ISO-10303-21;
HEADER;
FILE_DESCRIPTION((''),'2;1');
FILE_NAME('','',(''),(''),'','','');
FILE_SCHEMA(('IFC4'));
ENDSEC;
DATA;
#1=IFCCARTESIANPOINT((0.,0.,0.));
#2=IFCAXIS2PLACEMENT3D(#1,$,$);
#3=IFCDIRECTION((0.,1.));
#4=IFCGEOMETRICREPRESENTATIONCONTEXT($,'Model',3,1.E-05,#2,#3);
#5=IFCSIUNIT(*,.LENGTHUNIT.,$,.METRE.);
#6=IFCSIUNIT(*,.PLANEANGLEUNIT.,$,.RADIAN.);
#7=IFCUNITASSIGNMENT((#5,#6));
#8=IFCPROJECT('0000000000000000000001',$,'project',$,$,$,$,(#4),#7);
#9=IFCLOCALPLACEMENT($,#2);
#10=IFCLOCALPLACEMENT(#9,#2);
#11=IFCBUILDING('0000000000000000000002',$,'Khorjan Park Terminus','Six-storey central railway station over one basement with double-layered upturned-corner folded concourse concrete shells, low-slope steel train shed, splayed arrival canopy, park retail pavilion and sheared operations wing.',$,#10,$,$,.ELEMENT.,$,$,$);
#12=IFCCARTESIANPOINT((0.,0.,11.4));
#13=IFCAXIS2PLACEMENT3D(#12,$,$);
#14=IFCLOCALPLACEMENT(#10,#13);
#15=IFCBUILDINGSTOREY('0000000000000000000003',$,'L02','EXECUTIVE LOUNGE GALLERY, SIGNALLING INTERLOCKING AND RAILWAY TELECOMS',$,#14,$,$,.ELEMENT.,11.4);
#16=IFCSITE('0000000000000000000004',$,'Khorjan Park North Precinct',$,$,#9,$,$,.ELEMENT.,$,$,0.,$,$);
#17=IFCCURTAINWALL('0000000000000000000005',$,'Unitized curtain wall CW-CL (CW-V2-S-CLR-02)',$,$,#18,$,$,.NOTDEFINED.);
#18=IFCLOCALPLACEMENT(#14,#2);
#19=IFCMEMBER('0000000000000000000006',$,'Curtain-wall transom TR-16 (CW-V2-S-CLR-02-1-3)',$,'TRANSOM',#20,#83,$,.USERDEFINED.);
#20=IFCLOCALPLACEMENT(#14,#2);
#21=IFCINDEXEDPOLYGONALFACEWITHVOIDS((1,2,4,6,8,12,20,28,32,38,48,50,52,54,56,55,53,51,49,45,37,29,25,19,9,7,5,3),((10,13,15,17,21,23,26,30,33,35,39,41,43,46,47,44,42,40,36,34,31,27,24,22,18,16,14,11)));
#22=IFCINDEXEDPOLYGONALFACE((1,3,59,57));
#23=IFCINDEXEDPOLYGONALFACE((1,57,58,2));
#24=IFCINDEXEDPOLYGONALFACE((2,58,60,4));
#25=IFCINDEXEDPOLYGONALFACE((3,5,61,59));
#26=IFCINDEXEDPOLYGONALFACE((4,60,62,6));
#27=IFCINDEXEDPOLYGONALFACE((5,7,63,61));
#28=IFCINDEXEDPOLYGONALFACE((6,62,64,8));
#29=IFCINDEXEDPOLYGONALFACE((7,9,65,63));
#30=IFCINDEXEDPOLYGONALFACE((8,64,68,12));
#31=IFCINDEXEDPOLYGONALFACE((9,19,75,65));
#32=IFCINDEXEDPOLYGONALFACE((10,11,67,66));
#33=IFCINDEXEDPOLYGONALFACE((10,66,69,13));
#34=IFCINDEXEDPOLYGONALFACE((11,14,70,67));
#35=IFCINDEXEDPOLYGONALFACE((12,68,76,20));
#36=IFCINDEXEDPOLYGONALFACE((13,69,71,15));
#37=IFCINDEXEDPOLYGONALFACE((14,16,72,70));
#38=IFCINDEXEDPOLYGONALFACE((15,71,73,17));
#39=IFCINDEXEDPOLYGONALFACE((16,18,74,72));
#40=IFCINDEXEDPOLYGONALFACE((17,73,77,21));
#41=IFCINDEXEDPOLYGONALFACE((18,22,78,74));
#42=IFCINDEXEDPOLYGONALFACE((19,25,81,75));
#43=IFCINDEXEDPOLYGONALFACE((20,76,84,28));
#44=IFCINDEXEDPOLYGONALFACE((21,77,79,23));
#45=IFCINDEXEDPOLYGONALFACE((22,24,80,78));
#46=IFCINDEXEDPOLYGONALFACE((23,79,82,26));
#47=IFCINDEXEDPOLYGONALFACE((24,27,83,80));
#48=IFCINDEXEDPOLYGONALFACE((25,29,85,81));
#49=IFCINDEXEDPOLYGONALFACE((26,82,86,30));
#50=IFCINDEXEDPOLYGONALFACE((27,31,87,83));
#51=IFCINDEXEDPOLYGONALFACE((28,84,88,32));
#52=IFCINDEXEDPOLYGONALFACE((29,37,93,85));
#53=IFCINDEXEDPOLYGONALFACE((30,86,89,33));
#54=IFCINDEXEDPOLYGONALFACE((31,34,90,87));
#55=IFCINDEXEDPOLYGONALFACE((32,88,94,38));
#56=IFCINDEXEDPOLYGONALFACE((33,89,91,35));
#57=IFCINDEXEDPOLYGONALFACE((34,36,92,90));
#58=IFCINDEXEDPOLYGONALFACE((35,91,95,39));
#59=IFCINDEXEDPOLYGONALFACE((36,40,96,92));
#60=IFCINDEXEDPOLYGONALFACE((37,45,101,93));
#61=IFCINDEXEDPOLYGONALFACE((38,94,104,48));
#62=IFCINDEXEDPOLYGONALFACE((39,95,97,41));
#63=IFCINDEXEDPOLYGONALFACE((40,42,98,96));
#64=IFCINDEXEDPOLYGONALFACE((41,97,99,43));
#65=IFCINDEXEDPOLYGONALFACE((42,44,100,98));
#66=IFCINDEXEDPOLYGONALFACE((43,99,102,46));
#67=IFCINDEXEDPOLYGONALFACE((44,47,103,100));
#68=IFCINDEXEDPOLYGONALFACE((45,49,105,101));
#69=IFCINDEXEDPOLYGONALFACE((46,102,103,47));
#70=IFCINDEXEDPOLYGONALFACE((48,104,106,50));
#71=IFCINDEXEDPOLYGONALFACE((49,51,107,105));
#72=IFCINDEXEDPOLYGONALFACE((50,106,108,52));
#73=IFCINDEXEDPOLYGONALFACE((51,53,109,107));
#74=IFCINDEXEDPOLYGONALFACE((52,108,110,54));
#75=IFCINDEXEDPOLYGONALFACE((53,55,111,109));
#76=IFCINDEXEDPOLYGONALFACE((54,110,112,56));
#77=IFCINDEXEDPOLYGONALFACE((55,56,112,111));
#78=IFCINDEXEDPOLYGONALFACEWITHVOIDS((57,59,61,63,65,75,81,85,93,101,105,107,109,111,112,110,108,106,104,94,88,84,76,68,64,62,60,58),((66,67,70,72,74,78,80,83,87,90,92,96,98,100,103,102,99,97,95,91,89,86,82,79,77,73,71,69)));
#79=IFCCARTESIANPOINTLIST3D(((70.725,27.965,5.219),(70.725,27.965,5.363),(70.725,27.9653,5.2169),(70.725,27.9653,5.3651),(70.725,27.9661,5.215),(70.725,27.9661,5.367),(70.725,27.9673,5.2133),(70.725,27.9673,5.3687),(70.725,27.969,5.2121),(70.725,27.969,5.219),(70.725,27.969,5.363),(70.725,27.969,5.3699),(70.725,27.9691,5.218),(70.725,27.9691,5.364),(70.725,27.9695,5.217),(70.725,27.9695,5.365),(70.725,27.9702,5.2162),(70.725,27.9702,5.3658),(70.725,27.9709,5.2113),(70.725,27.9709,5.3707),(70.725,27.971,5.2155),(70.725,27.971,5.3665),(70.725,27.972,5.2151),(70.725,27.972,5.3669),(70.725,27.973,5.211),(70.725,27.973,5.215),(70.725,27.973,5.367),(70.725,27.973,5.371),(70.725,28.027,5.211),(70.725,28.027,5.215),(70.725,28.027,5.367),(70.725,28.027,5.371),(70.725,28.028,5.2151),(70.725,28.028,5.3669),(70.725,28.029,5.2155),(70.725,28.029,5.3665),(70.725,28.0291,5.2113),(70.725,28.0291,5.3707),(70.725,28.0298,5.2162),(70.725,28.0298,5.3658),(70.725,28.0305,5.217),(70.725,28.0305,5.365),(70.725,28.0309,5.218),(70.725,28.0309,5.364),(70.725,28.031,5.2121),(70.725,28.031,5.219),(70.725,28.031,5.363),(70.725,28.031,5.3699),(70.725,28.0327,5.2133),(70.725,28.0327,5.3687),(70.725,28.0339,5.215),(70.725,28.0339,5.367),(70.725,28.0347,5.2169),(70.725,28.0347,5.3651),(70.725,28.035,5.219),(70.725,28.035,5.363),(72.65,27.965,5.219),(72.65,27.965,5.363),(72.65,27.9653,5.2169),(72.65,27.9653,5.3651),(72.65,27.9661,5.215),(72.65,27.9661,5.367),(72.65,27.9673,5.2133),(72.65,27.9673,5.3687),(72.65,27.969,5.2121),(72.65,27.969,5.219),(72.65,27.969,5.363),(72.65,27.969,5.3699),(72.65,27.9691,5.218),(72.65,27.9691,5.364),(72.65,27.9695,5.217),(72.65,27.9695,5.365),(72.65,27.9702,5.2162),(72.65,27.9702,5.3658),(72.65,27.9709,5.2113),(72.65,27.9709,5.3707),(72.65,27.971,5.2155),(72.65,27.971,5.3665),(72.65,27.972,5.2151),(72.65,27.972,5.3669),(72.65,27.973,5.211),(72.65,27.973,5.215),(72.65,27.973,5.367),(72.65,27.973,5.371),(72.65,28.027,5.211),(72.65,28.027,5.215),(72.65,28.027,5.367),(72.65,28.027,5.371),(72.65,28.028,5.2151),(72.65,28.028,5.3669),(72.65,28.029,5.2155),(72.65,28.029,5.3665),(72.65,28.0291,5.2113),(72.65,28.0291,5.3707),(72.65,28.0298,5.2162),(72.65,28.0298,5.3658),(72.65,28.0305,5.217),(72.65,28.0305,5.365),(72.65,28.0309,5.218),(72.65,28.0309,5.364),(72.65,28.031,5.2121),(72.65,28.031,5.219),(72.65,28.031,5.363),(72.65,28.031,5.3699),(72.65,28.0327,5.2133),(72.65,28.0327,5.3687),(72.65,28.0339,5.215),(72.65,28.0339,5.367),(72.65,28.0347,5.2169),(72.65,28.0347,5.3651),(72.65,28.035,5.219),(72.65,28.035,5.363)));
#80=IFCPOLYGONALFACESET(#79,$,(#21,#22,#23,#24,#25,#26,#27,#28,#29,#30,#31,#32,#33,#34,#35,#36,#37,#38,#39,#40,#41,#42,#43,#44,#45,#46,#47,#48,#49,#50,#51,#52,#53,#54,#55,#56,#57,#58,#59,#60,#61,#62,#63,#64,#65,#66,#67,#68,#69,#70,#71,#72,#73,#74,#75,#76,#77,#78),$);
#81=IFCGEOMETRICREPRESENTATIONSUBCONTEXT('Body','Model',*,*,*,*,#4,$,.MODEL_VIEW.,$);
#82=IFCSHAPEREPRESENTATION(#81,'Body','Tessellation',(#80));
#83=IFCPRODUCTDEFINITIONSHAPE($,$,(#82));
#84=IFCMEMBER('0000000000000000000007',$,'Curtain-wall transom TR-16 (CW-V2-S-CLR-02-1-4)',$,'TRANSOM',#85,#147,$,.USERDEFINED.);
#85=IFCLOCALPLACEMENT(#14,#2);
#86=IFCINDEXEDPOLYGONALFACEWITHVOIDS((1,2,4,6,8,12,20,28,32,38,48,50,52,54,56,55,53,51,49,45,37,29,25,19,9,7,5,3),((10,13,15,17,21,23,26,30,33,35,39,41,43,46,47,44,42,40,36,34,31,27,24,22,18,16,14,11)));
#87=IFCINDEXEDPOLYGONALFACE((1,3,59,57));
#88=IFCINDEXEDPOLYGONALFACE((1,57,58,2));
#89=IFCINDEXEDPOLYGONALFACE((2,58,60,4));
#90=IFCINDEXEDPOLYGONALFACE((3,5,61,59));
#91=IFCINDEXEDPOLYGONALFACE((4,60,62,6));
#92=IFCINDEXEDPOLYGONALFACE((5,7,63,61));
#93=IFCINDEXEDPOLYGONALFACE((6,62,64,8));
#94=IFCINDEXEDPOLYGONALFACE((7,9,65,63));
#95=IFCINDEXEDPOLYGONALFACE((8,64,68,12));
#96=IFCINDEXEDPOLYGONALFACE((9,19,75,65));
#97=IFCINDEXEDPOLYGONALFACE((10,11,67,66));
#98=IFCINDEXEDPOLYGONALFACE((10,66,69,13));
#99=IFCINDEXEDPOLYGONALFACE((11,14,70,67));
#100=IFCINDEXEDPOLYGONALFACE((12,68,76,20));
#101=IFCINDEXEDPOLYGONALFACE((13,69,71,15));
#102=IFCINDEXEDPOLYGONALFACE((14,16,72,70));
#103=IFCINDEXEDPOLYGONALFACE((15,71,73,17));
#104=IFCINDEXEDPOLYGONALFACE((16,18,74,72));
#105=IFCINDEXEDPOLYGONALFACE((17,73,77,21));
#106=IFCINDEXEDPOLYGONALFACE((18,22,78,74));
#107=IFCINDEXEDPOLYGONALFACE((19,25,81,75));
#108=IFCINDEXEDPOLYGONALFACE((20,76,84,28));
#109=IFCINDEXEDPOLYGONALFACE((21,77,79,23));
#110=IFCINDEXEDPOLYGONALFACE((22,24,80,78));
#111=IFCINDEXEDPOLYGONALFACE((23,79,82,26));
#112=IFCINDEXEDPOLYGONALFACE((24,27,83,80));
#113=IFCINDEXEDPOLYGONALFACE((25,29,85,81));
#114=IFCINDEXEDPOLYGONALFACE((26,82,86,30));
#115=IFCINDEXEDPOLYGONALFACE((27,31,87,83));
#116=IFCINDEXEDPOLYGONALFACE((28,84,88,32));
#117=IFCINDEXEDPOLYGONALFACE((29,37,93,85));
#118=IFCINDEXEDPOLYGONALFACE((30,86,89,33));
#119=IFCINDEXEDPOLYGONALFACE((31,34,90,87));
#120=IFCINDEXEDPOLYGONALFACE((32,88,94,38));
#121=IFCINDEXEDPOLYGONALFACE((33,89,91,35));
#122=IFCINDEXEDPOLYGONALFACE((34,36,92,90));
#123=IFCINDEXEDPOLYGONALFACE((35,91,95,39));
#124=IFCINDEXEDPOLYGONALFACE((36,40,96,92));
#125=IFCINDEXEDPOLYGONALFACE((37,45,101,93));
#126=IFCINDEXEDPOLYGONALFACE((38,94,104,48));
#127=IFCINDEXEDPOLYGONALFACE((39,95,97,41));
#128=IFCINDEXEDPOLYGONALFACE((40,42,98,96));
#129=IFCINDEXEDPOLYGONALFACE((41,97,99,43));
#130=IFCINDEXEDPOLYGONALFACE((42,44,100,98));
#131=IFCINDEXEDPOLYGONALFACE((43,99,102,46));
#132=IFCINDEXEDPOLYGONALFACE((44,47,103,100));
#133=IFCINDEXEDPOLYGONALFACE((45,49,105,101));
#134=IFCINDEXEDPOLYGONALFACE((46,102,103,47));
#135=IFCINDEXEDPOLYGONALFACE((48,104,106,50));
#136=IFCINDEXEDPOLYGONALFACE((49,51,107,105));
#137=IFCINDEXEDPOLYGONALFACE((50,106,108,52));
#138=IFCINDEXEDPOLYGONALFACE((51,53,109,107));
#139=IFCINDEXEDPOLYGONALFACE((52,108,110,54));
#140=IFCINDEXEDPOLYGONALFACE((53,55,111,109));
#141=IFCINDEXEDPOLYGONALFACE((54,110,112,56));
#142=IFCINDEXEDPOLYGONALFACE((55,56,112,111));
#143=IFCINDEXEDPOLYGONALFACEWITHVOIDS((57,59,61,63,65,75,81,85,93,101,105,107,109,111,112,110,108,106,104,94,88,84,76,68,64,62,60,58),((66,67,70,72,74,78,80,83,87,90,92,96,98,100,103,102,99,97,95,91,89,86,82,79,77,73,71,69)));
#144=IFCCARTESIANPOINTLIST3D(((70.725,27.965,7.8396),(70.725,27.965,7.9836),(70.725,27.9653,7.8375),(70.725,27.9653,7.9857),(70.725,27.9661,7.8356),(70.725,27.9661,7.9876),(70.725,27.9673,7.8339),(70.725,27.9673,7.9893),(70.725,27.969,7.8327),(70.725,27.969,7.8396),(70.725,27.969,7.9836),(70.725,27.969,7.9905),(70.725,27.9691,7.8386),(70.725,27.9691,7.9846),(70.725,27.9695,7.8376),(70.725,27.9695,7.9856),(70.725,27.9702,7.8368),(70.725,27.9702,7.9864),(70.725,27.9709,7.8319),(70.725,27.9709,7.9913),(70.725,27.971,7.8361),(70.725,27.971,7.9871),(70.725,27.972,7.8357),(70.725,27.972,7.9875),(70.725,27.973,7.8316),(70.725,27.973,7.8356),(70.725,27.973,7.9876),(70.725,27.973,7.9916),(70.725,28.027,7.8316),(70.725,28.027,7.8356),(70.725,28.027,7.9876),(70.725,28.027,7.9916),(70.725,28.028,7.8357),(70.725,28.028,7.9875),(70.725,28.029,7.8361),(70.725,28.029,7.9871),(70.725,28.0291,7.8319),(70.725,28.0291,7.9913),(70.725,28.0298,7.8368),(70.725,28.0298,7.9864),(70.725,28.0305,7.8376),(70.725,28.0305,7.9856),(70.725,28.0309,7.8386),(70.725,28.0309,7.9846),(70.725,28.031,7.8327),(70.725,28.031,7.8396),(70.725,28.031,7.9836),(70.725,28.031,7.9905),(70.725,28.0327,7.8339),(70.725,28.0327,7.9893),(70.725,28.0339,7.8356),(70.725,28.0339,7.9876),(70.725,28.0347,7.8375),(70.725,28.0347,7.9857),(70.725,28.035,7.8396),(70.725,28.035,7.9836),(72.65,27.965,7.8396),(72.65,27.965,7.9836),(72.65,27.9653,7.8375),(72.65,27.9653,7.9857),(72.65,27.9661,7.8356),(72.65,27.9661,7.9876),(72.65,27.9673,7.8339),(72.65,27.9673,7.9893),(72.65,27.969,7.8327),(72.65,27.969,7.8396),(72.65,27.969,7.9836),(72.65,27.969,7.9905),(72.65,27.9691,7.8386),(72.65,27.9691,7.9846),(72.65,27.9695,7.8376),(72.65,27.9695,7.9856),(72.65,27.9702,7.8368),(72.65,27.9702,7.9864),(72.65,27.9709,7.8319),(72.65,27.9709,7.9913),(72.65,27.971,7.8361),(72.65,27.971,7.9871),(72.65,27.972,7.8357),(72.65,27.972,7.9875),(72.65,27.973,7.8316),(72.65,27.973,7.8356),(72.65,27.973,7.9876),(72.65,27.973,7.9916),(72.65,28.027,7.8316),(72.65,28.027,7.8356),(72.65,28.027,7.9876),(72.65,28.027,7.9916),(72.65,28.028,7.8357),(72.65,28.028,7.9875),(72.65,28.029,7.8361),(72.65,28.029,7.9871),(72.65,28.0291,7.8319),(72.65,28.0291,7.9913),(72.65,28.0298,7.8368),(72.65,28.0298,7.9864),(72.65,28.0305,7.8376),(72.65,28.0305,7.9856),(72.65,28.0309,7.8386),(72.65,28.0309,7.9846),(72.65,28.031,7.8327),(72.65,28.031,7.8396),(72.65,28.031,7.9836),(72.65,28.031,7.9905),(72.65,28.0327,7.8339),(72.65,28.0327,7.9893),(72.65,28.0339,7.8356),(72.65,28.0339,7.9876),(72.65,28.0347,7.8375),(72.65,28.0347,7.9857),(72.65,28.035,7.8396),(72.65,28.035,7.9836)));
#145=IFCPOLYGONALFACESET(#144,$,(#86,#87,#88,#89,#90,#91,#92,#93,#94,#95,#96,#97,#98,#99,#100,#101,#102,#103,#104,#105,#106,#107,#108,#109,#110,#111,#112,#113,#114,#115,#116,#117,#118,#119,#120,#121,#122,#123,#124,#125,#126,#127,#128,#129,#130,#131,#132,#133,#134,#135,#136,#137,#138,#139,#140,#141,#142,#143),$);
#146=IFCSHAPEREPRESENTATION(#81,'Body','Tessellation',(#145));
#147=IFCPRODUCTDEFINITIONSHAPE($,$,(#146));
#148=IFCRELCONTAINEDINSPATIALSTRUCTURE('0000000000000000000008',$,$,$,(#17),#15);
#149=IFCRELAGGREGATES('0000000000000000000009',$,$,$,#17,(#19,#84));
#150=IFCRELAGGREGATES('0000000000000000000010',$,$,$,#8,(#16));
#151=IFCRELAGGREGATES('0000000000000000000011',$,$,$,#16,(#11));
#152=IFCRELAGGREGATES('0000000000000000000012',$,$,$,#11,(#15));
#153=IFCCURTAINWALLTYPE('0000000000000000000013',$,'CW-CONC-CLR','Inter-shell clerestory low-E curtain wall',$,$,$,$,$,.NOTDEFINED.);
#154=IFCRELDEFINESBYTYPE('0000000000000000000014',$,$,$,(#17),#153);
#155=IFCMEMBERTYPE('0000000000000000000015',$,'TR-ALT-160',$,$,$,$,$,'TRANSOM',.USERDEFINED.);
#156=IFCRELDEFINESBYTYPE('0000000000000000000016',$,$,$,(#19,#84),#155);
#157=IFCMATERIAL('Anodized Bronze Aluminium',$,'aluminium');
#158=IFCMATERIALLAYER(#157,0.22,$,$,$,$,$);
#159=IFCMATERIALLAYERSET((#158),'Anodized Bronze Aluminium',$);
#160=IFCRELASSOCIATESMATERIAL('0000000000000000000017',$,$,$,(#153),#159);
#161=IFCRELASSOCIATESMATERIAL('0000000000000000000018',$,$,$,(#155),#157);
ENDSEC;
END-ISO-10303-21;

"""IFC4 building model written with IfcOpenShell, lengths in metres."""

from ifc_helpers import new_model, si_unit, direction, frame, origin, origin_2d, place, context, subcontext, project, spatial, hollow_rectangle, extrude, material, layer, layer_set, material_profile, profile_set, type_object, element, aggregate, save


model = new_model("IFC4")

# Units and contexts
model_context = context("Model", 3, precision=1e-05, world=origin(), true_north=direction((0.0, 1.0)))
body_context = subcontext(model_context, "Body", "Model", "MODEL_VIEW")
ifc_project = project(units=[si_unit("LENGTHUNIT", "METRE"), si_unit("PLANEANGLEUNIT", "RADIAN")], contexts=[model_context])

# Site, building, storey
site_placement = place(None, origin())
site = spatial("IfcSite", under=ifc_project, at=site_placement, Name="Khorjan Park North Precinct", CompositionType="ELEMENT", RefElevation=0.0)
building_placement = place(site_placement, origin())
building = spatial("IfcBuilding", under=site, at=building_placement, Name="Khorjan Park Terminus", Description="Six-storey central railway station over one basement with double-layered upturned-corner folded concourse concrete shells, low-slope steel train shed, splayed arrival canopy, park retail pavilion and sheared operations wing.", CompositionType="ELEMENT")
storey_placement = place(building_placement, frame((0.0, 0.0, 11.4)))
storey = spatial("IfcBuildingStorey", under=building, at=storey_placement, Name="L02", Description="EXECUTIVE LOUNGE GALLERY, SIGNALLING INTERLOCKING AND RAILWAY TELECOMS", CompositionType="ELEMENT", Elevation=11.4)

# Curtain wall
ifc_material_1 = material(Name="Anodized Bronze Aluminium", Category="aluminium")
ifc_layer_1 = layer(ifc_material_1, 0.22)
ifc_layer_set_1 = layer_set([ifc_layer_1], Name="Anodized Bronze Aluminium")
curtain_wall_type = type_object("IfcCurtainWallType", Name="CW-CONC-CLR", Description="Inter-shell clerestory low-E curtain wall", PredefinedType="NOTDEFINED", material=ifc_layer_set_1)
curtain_wall_placement = place(storey_placement, origin())
curtain_wall = element("IfcCurtainWall", 1, at=curtain_wall_placement, inside=storey, type_object=curtain_wall_type, Name="Unitized curtain wall CW-CL (CW-V2-S-CLR-02)", PredefinedType="NOTDEFINED")

# Members
ifc_material_profile_1 = material_profile(ifc_material_1, hollow_rectangle(XDim=0.07, YDim=0.16, WallThickness=0.004, InnerFilletRadius=0.004, OuterFilletRadius=0.008, at=origin_2d()), Name="ALT 70x160x4")
ifc_profile_set_1 = profile_set([ifc_material_profile_1], Name="Anodized Bronze Aluminium")
member_type_1 = type_object("IfcMemberType", Name="TR-ALT-160", ElementType="TRANSOM", PredefinedType="USERDEFINED", material=ifc_profile_set_1)
member_1_placement = place(storey_placement, frame((70.725, 28.0, 5.291), z_axis=(1.0, 0.0, 0.0), x_axis=(0.0, 1.0, 0.0)))
member_1 = element("IfcMember", 2, at=member_1_placement, type_object=member_type_1, Name="Curtain-wall transom TR-16 (CW-V2-S-CLR-02-1-3)", ObjectType="TRANSOM", PredefinedType="USERDEFINED", context=body_context, shape_type="SweptSolid", body=[
    extrude(hollow_rectangle(XDim=0.07, YDim=0.16, WallThickness=0.004, InnerFilletRadius=0.004, OuterFilletRadius=0.008, at=origin_2d()), origin(), (0.0, 0.0, 1.0), 1.925),
])
member_2_placement = place(storey_placement, frame((70.725, 28.0, 7.9116), z_axis=(1.0, 0.0, 0.0), x_axis=(0.0, 1.0, 0.0)))
member_2 = element("IfcMember", 3, at=member_2_placement, type_object=member_type_1, Name="Curtain-wall transom TR-16 (CW-V2-S-CLR-02-1-4)", ObjectType="TRANSOM", PredefinedType="USERDEFINED", context=body_context, shape_type="SweptSolid", body=[
    extrude(hollow_rectangle(XDim=0.07, YDim=0.16, WallThickness=0.004, InnerFilletRadius=0.004, OuterFilletRadius=0.008, at=origin_2d()), origin(), (0.0, 0.0, 1.0), 1.925),
])

aggregate(curtain_wall, [member_1, member_2])

save(model, "model.ifc")
